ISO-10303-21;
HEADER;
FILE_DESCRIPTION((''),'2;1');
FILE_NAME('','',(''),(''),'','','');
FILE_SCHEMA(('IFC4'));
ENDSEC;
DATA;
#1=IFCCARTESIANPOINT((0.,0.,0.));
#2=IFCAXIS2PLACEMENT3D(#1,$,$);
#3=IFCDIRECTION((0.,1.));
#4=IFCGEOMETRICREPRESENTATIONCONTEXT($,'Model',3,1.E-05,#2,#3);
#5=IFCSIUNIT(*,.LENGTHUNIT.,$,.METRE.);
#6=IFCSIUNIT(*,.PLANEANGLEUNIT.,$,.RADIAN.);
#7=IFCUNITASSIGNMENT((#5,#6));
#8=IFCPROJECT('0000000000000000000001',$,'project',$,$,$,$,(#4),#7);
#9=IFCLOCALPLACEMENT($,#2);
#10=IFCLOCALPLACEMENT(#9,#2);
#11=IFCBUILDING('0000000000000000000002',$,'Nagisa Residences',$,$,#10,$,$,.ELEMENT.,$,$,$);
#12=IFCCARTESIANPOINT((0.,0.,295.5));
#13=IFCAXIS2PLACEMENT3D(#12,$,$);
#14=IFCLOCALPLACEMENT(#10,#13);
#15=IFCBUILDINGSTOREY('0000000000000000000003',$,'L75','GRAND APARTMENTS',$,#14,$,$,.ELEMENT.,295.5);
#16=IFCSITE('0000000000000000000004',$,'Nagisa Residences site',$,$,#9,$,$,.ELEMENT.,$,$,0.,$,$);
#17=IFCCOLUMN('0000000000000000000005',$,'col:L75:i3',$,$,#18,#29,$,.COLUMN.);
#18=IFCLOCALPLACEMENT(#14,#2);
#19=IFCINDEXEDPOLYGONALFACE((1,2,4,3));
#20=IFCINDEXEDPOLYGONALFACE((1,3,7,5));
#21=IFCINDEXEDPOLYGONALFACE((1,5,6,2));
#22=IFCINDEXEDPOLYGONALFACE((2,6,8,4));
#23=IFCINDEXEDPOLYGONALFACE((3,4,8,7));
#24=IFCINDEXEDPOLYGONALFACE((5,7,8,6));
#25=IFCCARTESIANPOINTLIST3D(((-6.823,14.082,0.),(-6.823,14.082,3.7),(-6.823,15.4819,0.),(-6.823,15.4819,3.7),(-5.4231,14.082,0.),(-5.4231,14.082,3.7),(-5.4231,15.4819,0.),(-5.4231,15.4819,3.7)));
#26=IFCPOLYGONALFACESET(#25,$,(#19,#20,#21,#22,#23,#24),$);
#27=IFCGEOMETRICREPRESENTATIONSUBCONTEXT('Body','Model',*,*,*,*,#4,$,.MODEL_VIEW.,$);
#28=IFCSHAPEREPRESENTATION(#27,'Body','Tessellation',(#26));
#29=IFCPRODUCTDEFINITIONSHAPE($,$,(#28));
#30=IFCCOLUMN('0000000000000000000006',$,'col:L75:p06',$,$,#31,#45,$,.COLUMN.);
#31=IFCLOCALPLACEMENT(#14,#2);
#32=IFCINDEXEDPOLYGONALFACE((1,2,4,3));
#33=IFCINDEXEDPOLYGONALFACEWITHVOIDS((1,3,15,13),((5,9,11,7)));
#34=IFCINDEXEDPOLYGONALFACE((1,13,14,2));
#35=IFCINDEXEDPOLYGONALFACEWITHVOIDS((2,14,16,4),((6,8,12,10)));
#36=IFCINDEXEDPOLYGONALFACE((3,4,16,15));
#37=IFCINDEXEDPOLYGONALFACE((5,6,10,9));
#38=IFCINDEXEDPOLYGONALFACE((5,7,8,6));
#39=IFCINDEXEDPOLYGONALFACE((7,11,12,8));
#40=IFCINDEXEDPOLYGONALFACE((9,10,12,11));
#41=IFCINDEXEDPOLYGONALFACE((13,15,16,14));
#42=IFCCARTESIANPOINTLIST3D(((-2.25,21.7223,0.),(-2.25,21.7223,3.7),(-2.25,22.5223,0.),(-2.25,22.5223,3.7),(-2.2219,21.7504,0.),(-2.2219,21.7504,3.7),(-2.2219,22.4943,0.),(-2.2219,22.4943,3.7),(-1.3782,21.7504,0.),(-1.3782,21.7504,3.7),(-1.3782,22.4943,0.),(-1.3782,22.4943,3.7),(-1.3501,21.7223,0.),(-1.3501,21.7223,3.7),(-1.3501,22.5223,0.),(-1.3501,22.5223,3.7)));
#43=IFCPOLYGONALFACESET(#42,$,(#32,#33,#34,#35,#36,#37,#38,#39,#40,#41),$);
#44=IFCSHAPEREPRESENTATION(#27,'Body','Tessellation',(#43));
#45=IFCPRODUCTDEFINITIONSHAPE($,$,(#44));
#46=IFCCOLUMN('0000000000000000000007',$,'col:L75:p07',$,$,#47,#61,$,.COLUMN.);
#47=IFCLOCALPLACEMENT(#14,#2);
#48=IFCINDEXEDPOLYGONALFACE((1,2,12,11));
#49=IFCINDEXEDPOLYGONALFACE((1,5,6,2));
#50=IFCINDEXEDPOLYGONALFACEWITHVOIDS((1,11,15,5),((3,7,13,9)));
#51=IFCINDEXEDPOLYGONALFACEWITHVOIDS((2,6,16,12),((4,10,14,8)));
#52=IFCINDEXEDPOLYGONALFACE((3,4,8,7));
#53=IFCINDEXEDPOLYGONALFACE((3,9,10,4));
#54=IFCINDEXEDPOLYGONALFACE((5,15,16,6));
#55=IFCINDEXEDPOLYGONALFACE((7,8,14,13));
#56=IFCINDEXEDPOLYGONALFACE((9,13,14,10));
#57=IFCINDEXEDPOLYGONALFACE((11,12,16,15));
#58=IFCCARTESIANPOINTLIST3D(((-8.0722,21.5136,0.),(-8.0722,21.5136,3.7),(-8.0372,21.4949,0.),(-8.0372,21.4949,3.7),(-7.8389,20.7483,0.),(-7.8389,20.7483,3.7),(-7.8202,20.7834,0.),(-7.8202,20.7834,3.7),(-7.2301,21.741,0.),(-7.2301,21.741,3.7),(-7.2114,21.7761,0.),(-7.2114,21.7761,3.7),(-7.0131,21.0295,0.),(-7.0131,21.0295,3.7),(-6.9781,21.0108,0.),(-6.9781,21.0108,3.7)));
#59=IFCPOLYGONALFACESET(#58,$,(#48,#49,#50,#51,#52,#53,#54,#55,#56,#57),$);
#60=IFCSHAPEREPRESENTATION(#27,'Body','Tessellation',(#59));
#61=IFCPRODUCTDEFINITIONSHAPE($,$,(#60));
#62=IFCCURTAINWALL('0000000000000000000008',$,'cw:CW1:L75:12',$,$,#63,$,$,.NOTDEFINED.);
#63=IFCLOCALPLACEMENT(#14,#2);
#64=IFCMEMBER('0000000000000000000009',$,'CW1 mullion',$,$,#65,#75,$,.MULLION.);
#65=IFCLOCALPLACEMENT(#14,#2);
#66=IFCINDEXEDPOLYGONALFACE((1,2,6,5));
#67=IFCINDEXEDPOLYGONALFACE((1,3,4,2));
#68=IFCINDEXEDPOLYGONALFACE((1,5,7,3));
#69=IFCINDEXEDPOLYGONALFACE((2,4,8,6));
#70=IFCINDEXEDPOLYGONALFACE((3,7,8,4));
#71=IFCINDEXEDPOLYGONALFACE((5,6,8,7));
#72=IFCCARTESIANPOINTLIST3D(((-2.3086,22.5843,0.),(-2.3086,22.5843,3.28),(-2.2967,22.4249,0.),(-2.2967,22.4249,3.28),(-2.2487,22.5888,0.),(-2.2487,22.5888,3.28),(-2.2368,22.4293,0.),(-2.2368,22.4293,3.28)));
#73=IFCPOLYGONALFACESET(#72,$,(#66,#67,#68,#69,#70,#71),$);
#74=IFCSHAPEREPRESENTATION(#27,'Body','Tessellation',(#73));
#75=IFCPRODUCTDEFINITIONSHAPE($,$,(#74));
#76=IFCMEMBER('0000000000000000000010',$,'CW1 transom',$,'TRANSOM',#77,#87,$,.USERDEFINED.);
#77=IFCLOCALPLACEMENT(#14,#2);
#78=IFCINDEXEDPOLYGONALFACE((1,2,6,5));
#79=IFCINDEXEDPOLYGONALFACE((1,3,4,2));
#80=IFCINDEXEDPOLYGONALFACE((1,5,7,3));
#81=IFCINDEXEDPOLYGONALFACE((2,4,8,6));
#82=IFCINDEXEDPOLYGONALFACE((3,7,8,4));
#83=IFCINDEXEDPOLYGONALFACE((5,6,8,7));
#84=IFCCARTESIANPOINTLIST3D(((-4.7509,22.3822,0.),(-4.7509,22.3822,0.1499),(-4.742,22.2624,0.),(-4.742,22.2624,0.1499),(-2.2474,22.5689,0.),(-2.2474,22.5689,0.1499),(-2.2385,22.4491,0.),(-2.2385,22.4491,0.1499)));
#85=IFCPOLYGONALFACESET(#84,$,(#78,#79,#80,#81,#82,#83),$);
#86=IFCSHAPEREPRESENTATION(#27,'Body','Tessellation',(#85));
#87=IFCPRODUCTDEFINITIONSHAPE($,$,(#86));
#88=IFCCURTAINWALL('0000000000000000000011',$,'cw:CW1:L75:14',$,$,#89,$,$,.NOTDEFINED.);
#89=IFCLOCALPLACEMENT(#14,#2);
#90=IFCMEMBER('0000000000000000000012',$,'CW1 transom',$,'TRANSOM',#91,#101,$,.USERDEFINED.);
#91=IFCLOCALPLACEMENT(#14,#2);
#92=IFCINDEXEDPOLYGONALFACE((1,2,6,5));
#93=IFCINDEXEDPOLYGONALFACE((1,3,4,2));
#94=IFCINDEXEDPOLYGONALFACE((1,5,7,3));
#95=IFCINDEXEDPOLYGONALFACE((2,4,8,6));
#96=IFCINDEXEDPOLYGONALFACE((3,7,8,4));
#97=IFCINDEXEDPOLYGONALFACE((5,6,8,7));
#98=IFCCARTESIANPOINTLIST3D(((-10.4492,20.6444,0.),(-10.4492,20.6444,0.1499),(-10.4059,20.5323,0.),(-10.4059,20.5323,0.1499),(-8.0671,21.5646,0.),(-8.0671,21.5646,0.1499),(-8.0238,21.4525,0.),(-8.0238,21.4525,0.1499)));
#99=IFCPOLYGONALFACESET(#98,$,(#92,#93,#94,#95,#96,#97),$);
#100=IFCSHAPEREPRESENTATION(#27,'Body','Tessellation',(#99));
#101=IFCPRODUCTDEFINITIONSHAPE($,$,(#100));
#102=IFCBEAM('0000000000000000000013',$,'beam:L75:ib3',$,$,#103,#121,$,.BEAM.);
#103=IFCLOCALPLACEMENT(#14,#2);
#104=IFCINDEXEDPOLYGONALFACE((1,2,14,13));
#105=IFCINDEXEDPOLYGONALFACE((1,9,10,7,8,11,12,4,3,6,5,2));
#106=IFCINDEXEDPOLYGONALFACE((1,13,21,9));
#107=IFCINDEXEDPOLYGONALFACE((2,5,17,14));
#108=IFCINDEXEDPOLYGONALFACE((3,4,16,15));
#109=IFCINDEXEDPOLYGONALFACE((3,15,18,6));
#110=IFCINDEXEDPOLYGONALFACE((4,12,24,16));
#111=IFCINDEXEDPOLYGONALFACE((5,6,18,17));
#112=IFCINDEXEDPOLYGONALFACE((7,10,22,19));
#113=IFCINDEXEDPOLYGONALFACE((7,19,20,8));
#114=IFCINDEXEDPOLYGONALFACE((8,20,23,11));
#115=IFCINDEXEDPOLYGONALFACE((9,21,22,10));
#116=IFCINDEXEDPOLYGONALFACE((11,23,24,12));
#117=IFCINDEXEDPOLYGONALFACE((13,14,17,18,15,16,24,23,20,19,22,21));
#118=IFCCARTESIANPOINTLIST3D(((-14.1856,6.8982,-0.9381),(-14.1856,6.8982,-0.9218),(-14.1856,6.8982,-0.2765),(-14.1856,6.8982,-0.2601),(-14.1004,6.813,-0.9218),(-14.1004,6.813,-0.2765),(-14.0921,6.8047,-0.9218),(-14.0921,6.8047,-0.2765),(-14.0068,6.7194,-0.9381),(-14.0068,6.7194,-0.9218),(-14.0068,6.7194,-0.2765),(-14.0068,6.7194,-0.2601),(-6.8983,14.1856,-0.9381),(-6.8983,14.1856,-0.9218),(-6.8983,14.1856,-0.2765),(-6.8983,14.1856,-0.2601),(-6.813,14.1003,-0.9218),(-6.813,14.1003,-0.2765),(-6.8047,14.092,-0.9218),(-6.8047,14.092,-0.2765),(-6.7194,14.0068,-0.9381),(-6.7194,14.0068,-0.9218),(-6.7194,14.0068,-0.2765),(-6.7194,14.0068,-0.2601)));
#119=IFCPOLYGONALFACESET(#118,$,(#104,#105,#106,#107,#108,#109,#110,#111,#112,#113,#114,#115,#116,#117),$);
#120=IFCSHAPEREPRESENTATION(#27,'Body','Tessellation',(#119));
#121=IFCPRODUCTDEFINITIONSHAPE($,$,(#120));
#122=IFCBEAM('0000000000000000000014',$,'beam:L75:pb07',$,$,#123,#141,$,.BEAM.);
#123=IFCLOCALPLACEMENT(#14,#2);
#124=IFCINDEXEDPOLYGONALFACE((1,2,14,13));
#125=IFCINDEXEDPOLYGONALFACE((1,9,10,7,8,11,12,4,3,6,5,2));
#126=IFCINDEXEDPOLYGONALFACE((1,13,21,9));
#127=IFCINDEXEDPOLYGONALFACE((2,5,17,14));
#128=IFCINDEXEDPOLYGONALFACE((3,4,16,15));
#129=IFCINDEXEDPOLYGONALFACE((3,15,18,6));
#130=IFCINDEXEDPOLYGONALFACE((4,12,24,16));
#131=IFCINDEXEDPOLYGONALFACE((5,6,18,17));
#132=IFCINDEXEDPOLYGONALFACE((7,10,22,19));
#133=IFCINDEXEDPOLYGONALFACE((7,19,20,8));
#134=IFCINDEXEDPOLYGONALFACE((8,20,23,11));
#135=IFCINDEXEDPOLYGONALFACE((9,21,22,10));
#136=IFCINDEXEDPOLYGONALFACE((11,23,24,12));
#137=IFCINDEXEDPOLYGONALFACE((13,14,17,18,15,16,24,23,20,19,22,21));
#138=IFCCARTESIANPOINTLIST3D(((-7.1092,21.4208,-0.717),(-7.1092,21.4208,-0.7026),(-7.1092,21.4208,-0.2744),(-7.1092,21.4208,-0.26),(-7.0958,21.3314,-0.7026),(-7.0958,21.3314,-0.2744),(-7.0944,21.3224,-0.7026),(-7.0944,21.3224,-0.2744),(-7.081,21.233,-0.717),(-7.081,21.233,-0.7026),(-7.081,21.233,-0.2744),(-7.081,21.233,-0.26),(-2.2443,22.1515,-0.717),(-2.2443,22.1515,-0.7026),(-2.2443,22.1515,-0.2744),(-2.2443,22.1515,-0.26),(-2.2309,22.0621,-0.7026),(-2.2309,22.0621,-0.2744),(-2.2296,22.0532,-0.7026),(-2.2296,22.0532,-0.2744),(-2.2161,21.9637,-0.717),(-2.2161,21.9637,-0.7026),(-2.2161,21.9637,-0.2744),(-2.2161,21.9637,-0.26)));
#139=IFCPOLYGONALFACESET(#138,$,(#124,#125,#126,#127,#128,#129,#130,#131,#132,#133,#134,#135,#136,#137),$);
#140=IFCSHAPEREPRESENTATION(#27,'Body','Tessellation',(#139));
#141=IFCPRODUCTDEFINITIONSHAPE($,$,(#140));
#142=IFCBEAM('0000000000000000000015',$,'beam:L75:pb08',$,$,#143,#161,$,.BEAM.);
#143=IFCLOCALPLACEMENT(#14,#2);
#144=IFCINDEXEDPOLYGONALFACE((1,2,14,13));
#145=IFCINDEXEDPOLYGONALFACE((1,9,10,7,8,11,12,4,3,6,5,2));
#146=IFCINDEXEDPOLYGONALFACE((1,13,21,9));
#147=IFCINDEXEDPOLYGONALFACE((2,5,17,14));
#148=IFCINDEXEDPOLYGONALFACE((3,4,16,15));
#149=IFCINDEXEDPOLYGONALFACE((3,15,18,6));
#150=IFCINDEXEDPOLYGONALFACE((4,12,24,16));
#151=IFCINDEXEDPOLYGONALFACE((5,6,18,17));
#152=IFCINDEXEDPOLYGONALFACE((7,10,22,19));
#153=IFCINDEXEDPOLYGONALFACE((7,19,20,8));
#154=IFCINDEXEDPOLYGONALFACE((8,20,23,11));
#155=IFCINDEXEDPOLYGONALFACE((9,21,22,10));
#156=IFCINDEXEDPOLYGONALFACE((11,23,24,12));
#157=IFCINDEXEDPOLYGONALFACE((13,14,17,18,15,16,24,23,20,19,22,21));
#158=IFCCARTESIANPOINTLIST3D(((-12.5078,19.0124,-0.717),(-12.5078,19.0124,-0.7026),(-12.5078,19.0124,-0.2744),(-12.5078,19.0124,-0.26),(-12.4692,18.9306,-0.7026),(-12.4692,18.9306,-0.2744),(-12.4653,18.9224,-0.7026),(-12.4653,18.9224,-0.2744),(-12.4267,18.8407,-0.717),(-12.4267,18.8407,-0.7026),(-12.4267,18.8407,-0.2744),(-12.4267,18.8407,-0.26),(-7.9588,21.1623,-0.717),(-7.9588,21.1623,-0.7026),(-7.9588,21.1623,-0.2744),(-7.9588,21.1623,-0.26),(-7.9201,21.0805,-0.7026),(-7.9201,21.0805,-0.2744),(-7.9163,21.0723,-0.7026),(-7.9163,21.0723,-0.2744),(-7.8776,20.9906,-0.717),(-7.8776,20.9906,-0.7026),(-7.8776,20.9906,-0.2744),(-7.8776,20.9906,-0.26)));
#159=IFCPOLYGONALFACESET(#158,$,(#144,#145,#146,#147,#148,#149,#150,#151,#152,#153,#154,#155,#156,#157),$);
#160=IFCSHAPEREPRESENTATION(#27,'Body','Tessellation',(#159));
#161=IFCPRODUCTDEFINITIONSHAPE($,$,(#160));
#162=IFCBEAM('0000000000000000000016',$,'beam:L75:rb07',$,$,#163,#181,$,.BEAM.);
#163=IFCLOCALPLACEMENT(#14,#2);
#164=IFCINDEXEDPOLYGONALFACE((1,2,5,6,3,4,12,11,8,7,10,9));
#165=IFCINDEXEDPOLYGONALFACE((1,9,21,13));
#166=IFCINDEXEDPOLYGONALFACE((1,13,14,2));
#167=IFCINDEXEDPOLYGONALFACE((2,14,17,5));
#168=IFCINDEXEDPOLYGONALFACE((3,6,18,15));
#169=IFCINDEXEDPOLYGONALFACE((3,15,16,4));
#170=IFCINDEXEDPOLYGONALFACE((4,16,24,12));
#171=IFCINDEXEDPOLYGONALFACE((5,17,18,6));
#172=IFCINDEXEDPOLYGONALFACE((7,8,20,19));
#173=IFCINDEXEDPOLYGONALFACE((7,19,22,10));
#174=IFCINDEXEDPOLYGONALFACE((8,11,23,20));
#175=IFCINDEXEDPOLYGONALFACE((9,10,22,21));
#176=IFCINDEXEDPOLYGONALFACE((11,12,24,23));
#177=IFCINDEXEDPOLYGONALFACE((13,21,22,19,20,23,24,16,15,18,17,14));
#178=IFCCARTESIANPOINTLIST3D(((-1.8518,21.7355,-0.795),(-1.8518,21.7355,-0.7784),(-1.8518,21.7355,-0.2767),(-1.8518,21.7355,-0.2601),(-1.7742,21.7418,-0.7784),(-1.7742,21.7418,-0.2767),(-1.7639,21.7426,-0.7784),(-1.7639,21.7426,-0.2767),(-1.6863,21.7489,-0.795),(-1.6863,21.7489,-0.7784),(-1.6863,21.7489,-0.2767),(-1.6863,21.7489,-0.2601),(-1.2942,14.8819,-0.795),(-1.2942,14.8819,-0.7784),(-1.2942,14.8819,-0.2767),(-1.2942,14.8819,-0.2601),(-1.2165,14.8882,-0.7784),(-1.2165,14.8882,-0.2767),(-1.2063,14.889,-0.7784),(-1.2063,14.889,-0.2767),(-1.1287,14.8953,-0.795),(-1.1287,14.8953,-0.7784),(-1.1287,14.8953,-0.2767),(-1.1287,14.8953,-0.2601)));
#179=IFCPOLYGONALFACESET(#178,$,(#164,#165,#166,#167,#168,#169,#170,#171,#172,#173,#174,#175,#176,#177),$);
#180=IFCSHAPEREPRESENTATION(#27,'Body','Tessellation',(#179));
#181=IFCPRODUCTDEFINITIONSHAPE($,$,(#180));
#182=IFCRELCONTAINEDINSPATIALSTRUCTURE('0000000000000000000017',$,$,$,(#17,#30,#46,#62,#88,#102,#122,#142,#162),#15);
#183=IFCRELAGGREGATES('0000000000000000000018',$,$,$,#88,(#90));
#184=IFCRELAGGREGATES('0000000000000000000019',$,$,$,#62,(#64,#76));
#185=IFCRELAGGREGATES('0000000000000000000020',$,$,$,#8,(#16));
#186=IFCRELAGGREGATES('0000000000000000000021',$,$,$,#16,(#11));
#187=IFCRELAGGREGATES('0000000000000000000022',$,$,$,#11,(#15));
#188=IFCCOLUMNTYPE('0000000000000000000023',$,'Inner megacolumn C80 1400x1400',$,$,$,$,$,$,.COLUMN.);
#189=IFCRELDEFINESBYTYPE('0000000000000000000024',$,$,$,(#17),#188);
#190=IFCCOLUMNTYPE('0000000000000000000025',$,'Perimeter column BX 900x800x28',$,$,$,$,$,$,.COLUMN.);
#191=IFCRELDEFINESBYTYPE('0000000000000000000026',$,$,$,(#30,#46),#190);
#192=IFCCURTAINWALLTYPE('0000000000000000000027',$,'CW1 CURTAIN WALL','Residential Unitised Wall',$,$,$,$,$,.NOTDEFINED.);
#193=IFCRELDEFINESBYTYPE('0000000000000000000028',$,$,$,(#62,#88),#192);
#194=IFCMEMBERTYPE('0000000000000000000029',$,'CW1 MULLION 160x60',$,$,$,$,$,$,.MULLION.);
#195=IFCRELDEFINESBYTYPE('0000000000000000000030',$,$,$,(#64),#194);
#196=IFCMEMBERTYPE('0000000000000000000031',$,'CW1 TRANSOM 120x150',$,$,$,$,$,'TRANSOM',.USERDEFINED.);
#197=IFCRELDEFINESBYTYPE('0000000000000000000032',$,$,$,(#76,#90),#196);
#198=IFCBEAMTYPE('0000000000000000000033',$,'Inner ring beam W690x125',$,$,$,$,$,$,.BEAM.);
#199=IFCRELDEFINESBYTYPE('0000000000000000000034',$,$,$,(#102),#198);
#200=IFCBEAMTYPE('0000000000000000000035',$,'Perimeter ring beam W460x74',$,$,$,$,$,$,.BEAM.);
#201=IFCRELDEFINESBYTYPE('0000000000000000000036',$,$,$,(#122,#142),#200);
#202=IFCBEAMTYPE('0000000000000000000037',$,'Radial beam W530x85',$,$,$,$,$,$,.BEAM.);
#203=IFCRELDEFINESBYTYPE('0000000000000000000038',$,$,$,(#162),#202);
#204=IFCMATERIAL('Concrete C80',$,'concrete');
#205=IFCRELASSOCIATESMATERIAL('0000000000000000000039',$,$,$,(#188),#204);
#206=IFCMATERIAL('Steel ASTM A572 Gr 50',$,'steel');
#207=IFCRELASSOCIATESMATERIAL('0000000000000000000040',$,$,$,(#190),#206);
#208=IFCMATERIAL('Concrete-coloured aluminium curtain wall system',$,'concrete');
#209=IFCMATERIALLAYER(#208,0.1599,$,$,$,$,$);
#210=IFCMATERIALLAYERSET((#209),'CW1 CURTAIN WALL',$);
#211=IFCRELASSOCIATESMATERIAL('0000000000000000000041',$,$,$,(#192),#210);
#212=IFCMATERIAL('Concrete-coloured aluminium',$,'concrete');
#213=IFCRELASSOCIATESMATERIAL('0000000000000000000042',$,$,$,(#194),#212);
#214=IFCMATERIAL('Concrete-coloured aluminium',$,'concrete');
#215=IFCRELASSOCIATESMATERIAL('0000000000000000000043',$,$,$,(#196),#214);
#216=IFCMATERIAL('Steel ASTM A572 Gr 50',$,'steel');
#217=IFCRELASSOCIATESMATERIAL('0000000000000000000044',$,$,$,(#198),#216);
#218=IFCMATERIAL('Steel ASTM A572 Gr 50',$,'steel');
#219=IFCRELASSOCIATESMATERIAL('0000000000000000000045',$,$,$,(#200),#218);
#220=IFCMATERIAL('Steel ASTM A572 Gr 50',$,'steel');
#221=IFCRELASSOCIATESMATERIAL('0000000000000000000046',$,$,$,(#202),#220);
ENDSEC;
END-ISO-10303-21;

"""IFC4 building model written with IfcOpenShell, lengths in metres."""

from ifc_helpers import new_model, si_unit, direction, frame, origin, origin_2d, place, context, subcontext, project, spatial, rectangle, hollow_rectangle, i_section, extrude, material, layer, layer_set, material_profile, profile_set, type_object, element, aggregate, save


model = new_model("IFC4")

# Units and contexts
model_context = context("Model", 3, precision=1e-05, world=origin(), true_north=direction((0.0, 1.0)))
body_context = subcontext(model_context, "Body", "Model", "MODEL_VIEW")
ifc_project = project(units=[si_unit("LENGTHUNIT", "METRE"), si_unit("PLANEANGLEUNIT", "RADIAN")], contexts=[model_context])

# Site, building, storey
site_placement = place(None, origin())
site = spatial("IfcSite", under=ifc_project, at=site_placement, Name="Nagisa Residences site", CompositionType="ELEMENT", RefElevation=0.0)
building_placement = place(site_placement, origin())
building = spatial("IfcBuilding", under=site, at=building_placement, Name="Nagisa Residences", CompositionType="ELEMENT")
storey_placement = place(building_placement, frame((0.0, 0.0, 295.5)))
storey = spatial("IfcBuildingStorey", under=building, at=storey_placement, Name="L75", Description="GRAND APARTMENTS", CompositionType="ELEMENT", Elevation=295.5)

# Columns
ifc_material_1 = material(Name="Concrete C80", Category="concrete")
ifc_material_profile_1 = material_profile(ifc_material_1, rectangle(XDim=1.3999, YDim=1.3999, at=origin_2d()), Name="C80 1400x1400")
ifc_profile_set_1 = profile_set([ifc_material_profile_1], Name="Concrete C80")
column_type_1 = type_object("IfcColumnType", Name="Inner megacolumn C80 1400x1400", PredefinedType="COLUMN", material=ifc_profile_set_1)
column_placement = place(storey_placement, frame((-6.123, 14.782, 0.0), z_axis=(0.0, 0.0, 1.0), x_axis=(1.0, 0.0, 0.0)))
element("IfcColumn", 1, at=column_placement, inside=storey, type_object=column_type_1, Name="col:L75:i3", PredefinedType="COLUMN", context=body_context, shape_type="SweptSolid", body=[
    extrude(rectangle(XDim=1.3999, YDim=1.3999, at=origin_2d()), origin(), (0.0, 0.0, 1.0), 3.7),
])
ifc_material_2 = material(Name="Steel ASTM A572 Gr 50", Category="steel")
ifc_material_profile_2 = material_profile(ifc_material_2, hollow_rectangle(XDim=0.8999, YDim=0.8, WallThickness=0.0281, at=origin_2d()), Name="BX 900x800x28")
ifc_profile_set_2 = profile_set([ifc_material_profile_2], Name="Steel ASTM A572 Gr 50")
column_type_2 = type_object("IfcColumnType", Name="Perimeter column BX 900x800x28", PredefinedType="COLUMN", material=ifc_profile_set_2)
for number, where, z_axis, x_axis, name in (
    (2, (-1.8, 22.1223, 0.0), (0.0, 0.0, 1.0), (-1.0, 0.0, 0.0), "col:L75:p06"),
    (3, (-7.5251, 21.2622, 0.0), (0.0, 0.0, 1.0), (-0.956525, -0.291652, 0.0), "col:L75:p07"),
):
    element("IfcColumn", number, at=place(storey_placement, frame(where, z_axis=z_axis, x_axis=x_axis)), inside=storey, type_object=column_type_2, Name=name, PredefinedType="COLUMN", context=body_context, shape_type="SweptSolid", body=[
        extrude(hollow_rectangle(XDim=0.8999, YDim=0.8, WallThickness=0.0281, at=origin_2d()), origin(), (0.0, 0.0, 1.0), 3.7),
    ])

# Curtain wall, members
ifc_material_3 = material(Name="Concrete-coloured aluminium curtain wall system", Category="concrete")
ifc_layer_1 = layer(ifc_material_3, 0.1599)
ifc_layer_set_1 = layer_set([ifc_layer_1], Name="CW1 CURTAIN WALL")
curtain_wall_type = type_object("IfcCurtainWallType", Name="CW1 CURTAIN WALL", Description="Residential Unitised Wall", PredefinedType="NOTDEFINED", material=ifc_layer_set_1)
curtain_wall_1_placement = place(storey_placement, origin())
curtain_wall_1 = element("IfcCurtainWall", 4, at=curtain_wall_1_placement, inside=storey, type_object=curtain_wall_type, Name="cw:CW1:L75:12", PredefinedType="NOTDEFINED")
ifc_material_4 = material(Name="Concrete-coloured aluminium", Category="concrete")
ifc_material_profile_3 = material_profile(ifc_material_4, rectangle(XDim=0.1599, YDim=0.0601, at=origin_2d()), Name="CW1 MULLION 160x60")
ifc_profile_set_3 = profile_set([ifc_material_profile_3], Name="Concrete-coloured aluminium")
member_type_1 = type_object("IfcMemberType", Name="CW1 MULLION 160x60", PredefinedType="MULLION", material=ifc_profile_set_3)
member_1_placement = place(storey_placement, frame((-2.2727, 22.5068, 0.0), z_axis=(0.0, 0.0, 1.0), x_axis=(0.074377, -0.99723, 0.0)))
member_1 = element("IfcMember", 5, at=member_1_placement, type_object=member_type_1, Name="CW1 mullion", PredefinedType="MULLION", context=body_context, shape_type="SweptSolid", body=[
    extrude(rectangle(XDim=0.1599, YDim=0.0601, at=origin_2d()), origin(), (0.0, 0.0, 1.0), 3.28),
])
ifc_material_5 = material(Name="Concrete-coloured aluminium", Category="concrete")
ifc_material_profile_4 = material_profile(ifc_material_5, rectangle(XDim=0.1201, YDim=0.1499, at=origin_2d()), Name="CW1 TRANSOM 120x150")
ifc_profile_set_4 = profile_set([ifc_material_profile_4], Name="Concrete-coloured aluminium")
member_type_2 = type_object("IfcMemberType", Name="CW1 TRANSOM 120x150", ElementType="TRANSOM", PredefinedType="USERDEFINED", material=ifc_profile_set_4)
member_2_placement = place(storey_placement, frame((-2.2429, 22.509, 0.075), z_axis=(-0.997229, -0.074391, 0.0), x_axis=(0.074391, -0.997229, 0.0)))
member_2 = element("IfcMember", 6, at=member_2_placement, type_object=member_type_2, Name="CW1 transom", ObjectType="TRANSOM", PredefinedType="USERDEFINED", context=body_context, shape_type="SweptSolid", body=[
    extrude(rectangle(XDim=0.1201, YDim=0.1499, at=origin_2d()), origin(), (0.0, 0.0, 1.0), 2.5105),
])

# Curtain wall, member
curtain_wall_2_placement = place(storey_placement, origin())
curtain_wall_2 = element("IfcCurtainWall", 7, at=curtain_wall_2_placement, inside=storey, type_object=curtain_wall_type, Name="cw:CW1:L75:14", PredefinedType="NOTDEFINED")
member_3_placement = place(storey_placement, frame((-8.0454, 21.5085, 0.075), z_axis=(-0.932822, -0.360337, 0.0), x_axis=(0.360337, -0.932822, 0.0)))
member_3 = element("IfcMember", 8, at=member_3_placement, type_object=member_type_2, Name="CW1 transom", ObjectType="TRANSOM", PredefinedType="USERDEFINED", context=body_context, shape_type="SweptSolid", body=[
    extrude(rectangle(XDim=0.1201, YDim=0.1499, at=origin_2d()), origin(), (0.0, 0.0, 1.0), 2.5537),
])
aggregate(curtain_wall_2, [member_3])

# Beams
ifc_material_6 = material(Name="Steel ASTM A572 Gr 50", Category="steel")
ifc_material_profile_5 = material_profile(ifc_material_6, i_section(OverallWidth=0.2529, OverallDepth=0.678, WebThickness=0.0117, FlangeThickness=0.0164, at=origin_2d()), Name="W690x125")
ifc_profile_set_5 = profile_set([ifc_material_profile_5], Name="Steel ASTM A572 Gr 50")
beam_type_1 = type_object("IfcBeamType", Name="Inner ring beam W690x125", PredefinedType="BEAM", material=ifc_profile_set_5)
beam_1_placement = place(storey_placement, frame((-6.8088, 14.0962, -0.5991), z_axis=(-0.707107, -0.707107, 0.0), x_axis=(0.707107, -0.707107, 0.0)))
element("IfcBeam", 9, at=beam_1_placement, inside=storey, type_object=beam_type_1, Name="beam:L75:ib3", PredefinedType="BEAM", context=body_context, shape_type="SweptSolid", body=[
    extrude(i_section(OverallWidth=0.2529, OverallDepth=0.678, WebThickness=0.0117, FlangeThickness=0.0164, at=origin_2d()), origin(), (0.0, 0.0, 1.0), 10.3059),
])
ifc_material_7 = material(Name="Steel ASTM A572 Gr 50", Category="steel")
ifc_material_profile_6 = material_profile(ifc_material_7, i_section(OverallWidth=0.1899, OverallDepth=0.457, WebThickness=0.009, FlangeThickness=0.0144, at=origin_2d()), Name="W460x74")
ifc_profile_set_6 = profile_set([ifc_material_profile_6], Name="Steel ASTM A572 Gr 50")
beam_type_2 = type_object("IfcBeamType", Name="Perimeter ring beam W460x74", PredefinedType="BEAM", material=ifc_profile_set_6)
beam_2_placement = place(storey_placement, frame((-2.2302, 22.0576, -0.4885), z_axis=(-0.988906, -0.148539, 0.0), x_axis=(0.148539, -0.988906, 0.0)))
element("IfcBeam", 10, at=beam_2_placement, inside=storey, type_object=beam_type_2, Name="beam:L75:pb07", PredefinedType="BEAM", context=body_context, shape_type="SweptSolid", body=[
    extrude(i_section(OverallWidth=0.1899, OverallDepth=0.457, WebThickness=0.009, FlangeThickness=0.0144, at=origin_2d()), origin(), (0.0, 0.0, 1.0), 4.9194),
])
beam_3_placement = place(storey_placement, frame((-7.9182, 21.0764, -0.4885), z_axis=(-0.904116, -0.427287, 0.0), x_axis=(0.427287, -0.904116, 0.0)))
element("IfcBeam", 11, at=beam_3_placement, inside=storey, type_object=beam_type_2, Name="beam:L75:pb08", PredefinedType="BEAM", context=body_context, shape_type="SweptSolid", body=[
    extrude(i_section(OverallWidth=0.1899, OverallDepth=0.457, WebThickness=0.009, FlangeThickness=0.0144, at=origin_2d()), origin(), (0.0, 0.0, 1.0), 5.0315),
])
ifc_material_8 = material(Name="Steel ASTM A572 Gr 50", Category="steel")
ifc_material_profile_7 = material_profile(ifc_material_8, i_section(OverallWidth=0.166, OverallDepth=0.5349, WebThickness=0.0103, FlangeThickness=0.0166, at=origin_2d()), Name="W530x85")
ifc_profile_set_7 = profile_set([ifc_material_profile_7], Name="Steel ASTM A572 Gr 50")
beam_type_3 = type_object("IfcBeamType", Name="Radial beam W530x85", PredefinedType="BEAM", material=ifc_profile_set_7)
beam_4_placement = place(storey_placement, frame((-1.769, 21.7422, -0.5276), z_axis=(0.081094, -0.996706, 0.0), x_axis=(0.996706, 0.081094, 0.0)))
element("IfcBeam", 12, at=beam_4_placement, inside=storey, type_object=beam_type_3, Name="beam:L75:rb07", PredefinedType="BEAM", context=body_context, shape_type="SweptSolid", body=[
    extrude(i_section(OverallWidth=0.166, OverallDepth=0.5349, WebThickness=0.0103, FlangeThickness=0.0166, at=origin_2d()), origin(), (0.0, 0.0, 1.0), 6.8762),
])

aggregate(curtain_wall_1, [member_1, member_2])

save(model, "model.ifc")
